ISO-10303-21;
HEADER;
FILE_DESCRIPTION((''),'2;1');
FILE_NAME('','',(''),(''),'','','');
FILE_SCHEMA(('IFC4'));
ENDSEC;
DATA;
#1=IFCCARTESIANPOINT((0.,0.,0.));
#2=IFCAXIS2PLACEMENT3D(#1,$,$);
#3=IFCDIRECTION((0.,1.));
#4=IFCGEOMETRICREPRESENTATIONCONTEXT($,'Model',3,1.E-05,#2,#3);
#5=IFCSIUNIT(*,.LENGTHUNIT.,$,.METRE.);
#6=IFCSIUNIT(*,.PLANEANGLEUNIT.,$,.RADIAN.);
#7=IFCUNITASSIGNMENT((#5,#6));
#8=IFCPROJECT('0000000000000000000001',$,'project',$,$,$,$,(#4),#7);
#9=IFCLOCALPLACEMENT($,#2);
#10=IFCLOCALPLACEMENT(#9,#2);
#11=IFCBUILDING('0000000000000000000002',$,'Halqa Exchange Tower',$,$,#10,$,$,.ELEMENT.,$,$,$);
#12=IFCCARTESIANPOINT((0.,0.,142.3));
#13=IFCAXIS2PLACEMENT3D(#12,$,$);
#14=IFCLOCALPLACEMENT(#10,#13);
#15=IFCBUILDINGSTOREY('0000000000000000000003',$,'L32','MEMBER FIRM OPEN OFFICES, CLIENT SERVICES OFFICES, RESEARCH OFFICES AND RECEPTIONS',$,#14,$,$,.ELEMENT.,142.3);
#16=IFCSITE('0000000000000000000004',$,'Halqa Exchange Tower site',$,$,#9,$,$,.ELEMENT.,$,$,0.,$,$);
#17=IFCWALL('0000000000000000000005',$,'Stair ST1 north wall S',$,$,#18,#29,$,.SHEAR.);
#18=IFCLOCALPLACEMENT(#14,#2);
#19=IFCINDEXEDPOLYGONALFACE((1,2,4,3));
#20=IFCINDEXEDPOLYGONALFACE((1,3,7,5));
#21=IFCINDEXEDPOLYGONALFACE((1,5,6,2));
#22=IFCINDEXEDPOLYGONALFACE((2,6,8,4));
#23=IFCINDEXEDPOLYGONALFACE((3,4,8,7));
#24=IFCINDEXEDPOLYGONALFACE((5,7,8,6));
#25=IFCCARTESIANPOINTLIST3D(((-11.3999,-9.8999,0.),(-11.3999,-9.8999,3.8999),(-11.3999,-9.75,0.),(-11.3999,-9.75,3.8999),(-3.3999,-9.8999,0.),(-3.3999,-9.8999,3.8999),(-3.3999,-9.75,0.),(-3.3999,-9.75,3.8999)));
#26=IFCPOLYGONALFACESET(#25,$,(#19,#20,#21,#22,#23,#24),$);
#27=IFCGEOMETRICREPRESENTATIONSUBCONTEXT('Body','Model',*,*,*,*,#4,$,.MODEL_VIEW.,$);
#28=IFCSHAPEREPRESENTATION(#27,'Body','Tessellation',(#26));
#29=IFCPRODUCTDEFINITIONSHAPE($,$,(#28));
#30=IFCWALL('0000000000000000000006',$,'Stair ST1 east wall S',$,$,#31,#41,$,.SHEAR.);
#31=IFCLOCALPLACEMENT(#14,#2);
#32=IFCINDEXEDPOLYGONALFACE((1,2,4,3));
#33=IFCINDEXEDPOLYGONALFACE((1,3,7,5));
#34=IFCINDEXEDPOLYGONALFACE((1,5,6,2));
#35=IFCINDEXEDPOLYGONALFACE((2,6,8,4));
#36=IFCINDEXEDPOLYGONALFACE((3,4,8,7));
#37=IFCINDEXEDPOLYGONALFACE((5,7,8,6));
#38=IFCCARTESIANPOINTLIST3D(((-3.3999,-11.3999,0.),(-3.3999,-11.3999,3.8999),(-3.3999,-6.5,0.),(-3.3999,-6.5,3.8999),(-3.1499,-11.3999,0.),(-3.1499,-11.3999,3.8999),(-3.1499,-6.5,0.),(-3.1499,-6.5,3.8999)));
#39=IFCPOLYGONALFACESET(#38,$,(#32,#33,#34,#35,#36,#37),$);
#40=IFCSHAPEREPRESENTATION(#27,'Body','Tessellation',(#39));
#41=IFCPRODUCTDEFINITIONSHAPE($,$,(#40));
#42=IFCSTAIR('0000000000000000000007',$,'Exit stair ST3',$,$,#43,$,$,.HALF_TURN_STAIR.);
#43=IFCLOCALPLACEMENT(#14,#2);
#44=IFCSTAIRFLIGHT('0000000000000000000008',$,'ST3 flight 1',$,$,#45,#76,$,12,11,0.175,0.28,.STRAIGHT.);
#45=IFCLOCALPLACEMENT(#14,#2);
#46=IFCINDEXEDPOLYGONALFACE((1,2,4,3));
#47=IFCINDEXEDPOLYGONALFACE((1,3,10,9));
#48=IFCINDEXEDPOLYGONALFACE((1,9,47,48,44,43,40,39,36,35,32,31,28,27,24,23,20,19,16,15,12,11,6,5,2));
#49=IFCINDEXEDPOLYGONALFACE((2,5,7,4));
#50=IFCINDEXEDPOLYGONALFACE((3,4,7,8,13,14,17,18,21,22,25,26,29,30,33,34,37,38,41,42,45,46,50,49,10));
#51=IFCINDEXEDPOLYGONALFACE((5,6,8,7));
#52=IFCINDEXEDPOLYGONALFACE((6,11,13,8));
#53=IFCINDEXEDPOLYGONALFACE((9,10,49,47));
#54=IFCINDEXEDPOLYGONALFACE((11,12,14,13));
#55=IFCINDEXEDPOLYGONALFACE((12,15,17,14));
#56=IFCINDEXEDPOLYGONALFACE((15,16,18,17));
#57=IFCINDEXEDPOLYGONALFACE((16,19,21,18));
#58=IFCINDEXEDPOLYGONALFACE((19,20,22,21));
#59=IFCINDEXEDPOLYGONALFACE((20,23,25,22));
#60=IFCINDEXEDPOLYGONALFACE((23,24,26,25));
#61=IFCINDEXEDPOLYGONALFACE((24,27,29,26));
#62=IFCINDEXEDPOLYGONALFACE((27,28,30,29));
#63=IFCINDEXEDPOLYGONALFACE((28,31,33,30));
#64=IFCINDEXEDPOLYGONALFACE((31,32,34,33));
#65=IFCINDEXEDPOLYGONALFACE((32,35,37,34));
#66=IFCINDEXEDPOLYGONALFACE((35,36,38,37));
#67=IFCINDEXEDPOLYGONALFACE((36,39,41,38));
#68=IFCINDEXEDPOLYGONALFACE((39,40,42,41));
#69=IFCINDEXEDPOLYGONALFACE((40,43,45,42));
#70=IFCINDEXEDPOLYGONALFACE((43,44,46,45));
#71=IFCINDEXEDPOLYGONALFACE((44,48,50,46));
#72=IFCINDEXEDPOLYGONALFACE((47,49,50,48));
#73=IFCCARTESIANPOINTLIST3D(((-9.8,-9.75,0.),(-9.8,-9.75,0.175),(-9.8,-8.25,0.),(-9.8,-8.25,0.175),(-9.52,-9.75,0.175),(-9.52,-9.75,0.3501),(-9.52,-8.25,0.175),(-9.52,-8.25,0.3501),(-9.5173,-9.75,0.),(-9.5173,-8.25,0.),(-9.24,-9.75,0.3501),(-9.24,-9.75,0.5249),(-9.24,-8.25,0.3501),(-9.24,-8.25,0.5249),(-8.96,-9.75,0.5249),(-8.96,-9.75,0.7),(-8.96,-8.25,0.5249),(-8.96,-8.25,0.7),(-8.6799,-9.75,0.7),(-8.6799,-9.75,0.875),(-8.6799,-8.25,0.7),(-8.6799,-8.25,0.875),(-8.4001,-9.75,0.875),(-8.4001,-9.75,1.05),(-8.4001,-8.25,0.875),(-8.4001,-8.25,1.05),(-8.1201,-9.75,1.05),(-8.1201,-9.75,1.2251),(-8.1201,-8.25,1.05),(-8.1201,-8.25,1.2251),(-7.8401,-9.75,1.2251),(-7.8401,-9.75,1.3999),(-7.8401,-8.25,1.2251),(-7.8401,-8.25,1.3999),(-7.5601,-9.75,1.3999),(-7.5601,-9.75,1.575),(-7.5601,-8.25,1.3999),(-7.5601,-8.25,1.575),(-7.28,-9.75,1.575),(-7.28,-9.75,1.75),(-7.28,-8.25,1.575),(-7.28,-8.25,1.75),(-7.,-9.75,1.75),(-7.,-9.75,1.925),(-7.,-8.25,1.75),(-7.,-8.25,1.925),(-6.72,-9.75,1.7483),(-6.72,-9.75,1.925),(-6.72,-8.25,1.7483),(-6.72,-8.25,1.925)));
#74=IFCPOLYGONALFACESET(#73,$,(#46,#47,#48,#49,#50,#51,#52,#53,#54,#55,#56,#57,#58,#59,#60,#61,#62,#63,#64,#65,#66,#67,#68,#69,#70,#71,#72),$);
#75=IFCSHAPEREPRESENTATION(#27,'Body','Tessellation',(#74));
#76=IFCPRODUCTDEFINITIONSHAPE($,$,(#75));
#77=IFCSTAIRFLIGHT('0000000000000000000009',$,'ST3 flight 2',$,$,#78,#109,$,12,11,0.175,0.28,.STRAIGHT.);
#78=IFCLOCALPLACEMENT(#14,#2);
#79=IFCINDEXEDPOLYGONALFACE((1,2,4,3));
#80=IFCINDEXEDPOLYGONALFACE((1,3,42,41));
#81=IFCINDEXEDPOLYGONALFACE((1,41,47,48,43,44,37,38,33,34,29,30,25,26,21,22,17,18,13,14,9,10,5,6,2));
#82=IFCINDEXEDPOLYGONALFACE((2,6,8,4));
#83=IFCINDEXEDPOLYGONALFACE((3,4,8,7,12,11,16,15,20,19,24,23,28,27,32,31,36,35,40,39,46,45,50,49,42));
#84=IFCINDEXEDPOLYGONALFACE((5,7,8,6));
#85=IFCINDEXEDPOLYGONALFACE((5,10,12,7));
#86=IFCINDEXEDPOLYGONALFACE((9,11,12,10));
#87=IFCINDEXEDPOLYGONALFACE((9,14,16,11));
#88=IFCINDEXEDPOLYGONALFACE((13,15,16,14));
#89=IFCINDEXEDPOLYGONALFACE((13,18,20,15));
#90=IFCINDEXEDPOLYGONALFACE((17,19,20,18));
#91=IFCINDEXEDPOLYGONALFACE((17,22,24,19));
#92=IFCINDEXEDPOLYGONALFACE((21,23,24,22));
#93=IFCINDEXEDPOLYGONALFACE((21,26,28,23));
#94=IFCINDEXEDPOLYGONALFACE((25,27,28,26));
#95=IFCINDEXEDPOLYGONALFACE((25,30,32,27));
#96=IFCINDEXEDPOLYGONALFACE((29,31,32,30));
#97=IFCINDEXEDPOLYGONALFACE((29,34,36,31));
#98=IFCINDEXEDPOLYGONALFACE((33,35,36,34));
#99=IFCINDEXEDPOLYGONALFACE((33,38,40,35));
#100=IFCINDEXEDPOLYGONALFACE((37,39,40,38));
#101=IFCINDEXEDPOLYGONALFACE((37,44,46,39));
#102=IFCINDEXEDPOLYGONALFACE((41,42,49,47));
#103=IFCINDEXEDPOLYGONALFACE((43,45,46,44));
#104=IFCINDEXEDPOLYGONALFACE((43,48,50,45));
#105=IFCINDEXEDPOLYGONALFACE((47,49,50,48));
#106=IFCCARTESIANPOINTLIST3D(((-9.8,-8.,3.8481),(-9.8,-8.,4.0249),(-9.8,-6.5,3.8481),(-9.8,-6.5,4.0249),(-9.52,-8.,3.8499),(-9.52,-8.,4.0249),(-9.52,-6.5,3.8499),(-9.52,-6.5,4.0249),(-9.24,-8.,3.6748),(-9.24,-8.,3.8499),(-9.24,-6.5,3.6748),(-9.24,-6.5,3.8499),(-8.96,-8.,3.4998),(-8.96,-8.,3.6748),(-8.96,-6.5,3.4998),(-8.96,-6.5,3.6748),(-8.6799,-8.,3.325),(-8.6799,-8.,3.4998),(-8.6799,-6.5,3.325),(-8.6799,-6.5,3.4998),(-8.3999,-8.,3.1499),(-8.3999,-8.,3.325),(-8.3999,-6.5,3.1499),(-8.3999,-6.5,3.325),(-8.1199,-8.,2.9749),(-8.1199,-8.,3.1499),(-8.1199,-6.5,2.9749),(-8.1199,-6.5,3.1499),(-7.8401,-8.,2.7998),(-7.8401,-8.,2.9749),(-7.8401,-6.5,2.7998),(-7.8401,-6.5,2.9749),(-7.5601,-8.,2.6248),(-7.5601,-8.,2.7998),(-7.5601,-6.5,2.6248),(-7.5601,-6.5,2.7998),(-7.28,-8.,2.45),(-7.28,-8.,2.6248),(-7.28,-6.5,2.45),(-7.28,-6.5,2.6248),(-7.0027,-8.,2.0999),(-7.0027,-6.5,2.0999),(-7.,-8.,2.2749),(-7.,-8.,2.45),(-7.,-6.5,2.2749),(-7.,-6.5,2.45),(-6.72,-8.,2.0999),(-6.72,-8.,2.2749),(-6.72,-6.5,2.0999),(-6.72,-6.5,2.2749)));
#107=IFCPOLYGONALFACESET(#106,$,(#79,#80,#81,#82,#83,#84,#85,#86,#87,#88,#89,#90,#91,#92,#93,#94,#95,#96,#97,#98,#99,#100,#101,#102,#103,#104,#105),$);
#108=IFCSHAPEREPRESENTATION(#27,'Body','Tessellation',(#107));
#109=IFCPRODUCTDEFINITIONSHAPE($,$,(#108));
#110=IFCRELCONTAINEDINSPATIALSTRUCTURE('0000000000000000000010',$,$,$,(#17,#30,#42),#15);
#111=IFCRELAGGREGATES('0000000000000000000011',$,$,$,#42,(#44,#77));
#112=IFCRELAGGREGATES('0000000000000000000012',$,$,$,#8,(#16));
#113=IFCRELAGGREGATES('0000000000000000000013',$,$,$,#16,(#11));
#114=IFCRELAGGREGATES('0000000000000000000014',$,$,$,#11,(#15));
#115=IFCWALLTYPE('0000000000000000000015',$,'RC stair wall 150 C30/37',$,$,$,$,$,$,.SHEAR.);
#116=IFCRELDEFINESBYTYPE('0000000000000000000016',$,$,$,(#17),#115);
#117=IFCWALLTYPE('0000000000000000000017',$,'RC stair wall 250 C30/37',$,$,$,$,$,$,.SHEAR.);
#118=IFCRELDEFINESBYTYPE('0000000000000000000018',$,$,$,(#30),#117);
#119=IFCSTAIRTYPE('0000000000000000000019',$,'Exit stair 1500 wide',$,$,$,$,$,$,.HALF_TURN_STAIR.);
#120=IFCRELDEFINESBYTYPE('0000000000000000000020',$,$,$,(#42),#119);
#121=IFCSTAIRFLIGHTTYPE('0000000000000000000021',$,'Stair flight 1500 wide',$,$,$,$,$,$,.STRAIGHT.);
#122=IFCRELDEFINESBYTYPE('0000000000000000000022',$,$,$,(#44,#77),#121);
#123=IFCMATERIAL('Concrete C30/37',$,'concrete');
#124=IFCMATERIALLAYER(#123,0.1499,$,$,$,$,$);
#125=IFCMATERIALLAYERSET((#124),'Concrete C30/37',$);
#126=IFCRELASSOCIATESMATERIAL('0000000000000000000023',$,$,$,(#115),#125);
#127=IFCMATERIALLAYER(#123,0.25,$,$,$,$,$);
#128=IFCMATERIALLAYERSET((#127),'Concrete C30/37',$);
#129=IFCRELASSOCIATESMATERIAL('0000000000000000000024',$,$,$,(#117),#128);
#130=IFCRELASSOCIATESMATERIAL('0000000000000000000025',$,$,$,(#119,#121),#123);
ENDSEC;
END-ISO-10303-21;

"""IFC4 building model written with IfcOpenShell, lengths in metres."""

from ifc_helpers import new_model, si_unit, direction, frame, frame_2d, origin, place, context, subcontext, project, spatial, polyline, rectangle, outline, extrude, material, layer, layer_set, type_object, element, aggregate, save


model = new_model("IFC4")

# Units and contexts
model_context = context("Model", 3, precision=1e-05, world=origin(), true_north=direction((0.0, 1.0)))
body_context = subcontext(model_context, "Body", "Model", "MODEL_VIEW")
ifc_project = project(units=[si_unit("LENGTHUNIT", "METRE"), si_unit("PLANEANGLEUNIT", "RADIAN")], contexts=[model_context])

# Site, building, storey
site_placement = place(None, origin())
site = spatial("IfcSite", under=ifc_project, at=site_placement, Name="Halqa Exchange Tower site", CompositionType="ELEMENT", RefElevation=0.0)
building_placement = place(site_placement, origin())
building = spatial("IfcBuilding", under=site, at=building_placement, Name="Halqa Exchange Tower", CompositionType="ELEMENT")
storey_placement = place(building_placement, frame((0.0, 0.0, 142.3)))
storey = spatial("IfcBuildingStorey", under=building, at=storey_placement, Name="L32", Description="MEMBER FIRM OPEN OFFICES, CLIENT SERVICES OFFICES, RESEARCH OFFICES AND RECEPTIONS", CompositionType="ELEMENT", Elevation=142.3)

# Walls
ifc_material_1 = material(Name="Concrete C30/37", Category="concrete")
ifc_layer_1 = layer(ifc_material_1, 0.1499)
ifc_layer_set_1 = layer_set([ifc_layer_1], Name="Concrete C30/37")
wall_type_1 = type_object("IfcWallType", Name="RC stair wall 150 C30/37", PredefinedType="SHEAR", material=ifc_layer_set_1)
wall_1_placement = place(storey_placement, frame((-11.3999, -9.825, 0.0), z_axis=(0.0, 0.0, 1.0), x_axis=(1.0, 0.0, 0.0)))
element("IfcWall", 1, at=wall_1_placement, inside=storey, type_object=wall_type_1, Name="Stair ST1 north wall S", PredefinedType="SHEAR", context=body_context, shape_type="SweptSolid", body=[
    extrude(rectangle(XDim=8.0, YDim=0.1499, at=frame_2d((4.0, 0.0))), origin(), (0.0, 0.0, 1.0), 3.8999),
])
ifc_layer_2 = layer(ifc_material_1, 0.25)
ifc_layer_set_2 = layer_set([ifc_layer_2], Name="Concrete C30/37")
wall_type_2 = type_object("IfcWallType", Name="RC stair wall 250 C30/37", PredefinedType="SHEAR", material=ifc_layer_set_2)
wall_2_placement = place(storey_placement, frame((-3.2749, -11.3999, 0.0), z_axis=(0.0, 0.0, 1.0), x_axis=(0.0, 1.0, 0.0)))
element("IfcWall", 2, at=wall_2_placement, inside=storey, type_object=wall_type_2, Name="Stair ST1 east wall S", PredefinedType="SHEAR", context=body_context, shape_type="SweptSolid", body=[
    extrude(rectangle(XDim=4.8999, YDim=0.25, at=frame_2d((2.45, 0.0))), origin(), (0.0, 0.0, 1.0), 3.8999),
])

# Stair, stair flights
stair_type = type_object("IfcStairType", Name="Exit stair 1500 wide", PredefinedType="HALF_TURN_STAIR", material=ifc_material_1)
stair_placement = place(storey_placement, origin())
stair = element("IfcStair", 3, at=stair_placement, inside=storey, type_object=stair_type, Name="Exit stair ST3", PredefinedType="HALF_TURN_STAIR")
stair_flight_type = type_object("IfcStairFlightType", Name="Stair flight 1500 wide", PredefinedType="STRAIGHT", material=ifc_material_1)
stair_flight_1_placement = place(storey_placement, frame((-9.8, -9.0, 0.0), z_axis=(0.0, 0.0, 1.0), x_axis=(1.0, 0.0, 0.0)))
stair_flight_1 = element("IfcStairFlight", 4, at=stair_flight_1_placement, type_object=stair_flight_type, Name="ST3 flight 1", NumberOfRisers=12, NumberOfTreads=11, PredefinedType="STRAIGHT", RiserHeight=0.175, TreadLength=0.28, context=body_context, shape_type="SweptSolid", body=[
    extrude(outline(polyline([(0.0, 0.0), (0.0, 0.175), (0.28, 0.175), (0.28, 0.3501), (0.5601, 0.3501), (0.5601, 0.5249), (0.8401, 0.5249), (0.8401, 0.7), (1.1201, 0.7), (1.1201, 0.875), (1.3999, 0.875), (1.3999, 1.05), (1.6799, 1.05), (1.6799, 1.2251), (1.96, 1.2251), (1.96, 1.3999), (2.24, 1.3999), (2.24, 1.575), (2.52, 1.575), (2.52, 1.75), (2.8, 1.75), (2.8, 1.925), (3.0801, 1.925), (3.0801, 2.1001), (3.0801, 1.7483), (0.2827, 0.0), (0.0, 0.0)])), frame((0.0, 0.75, 0.0), z_axis=(0.0, -1.0, 0.0), x_axis=(1.0, 0.0, 0.0)), (0.0, 0.0, 1.0), 1.5),
])
stair_flight_2_placement = place(storey_placement, frame((-6.72, -7.25, 2.0999), z_axis=(0.0, 0.0, 1.0), x_axis=(-1.0, 0.0, 0.0)))
stair_flight_2 = element("IfcStairFlight", 5, at=stair_flight_2_placement, type_object=stair_flight_type, Name="ST3 flight 2", NumberOfRisers=12, NumberOfTreads=11, PredefinedType="STRAIGHT", RiserHeight=0.175, TreadLength=0.28, context=body_context, shape_type="SweptSolid", body=[
    extrude(outline(polyline([(0.0, 0.0), (0.0, 0.175), (0.28, 0.175), (0.28, 0.3501), (0.5601, 0.3501), (0.5601, 0.5249), (0.8401, 0.5249), (0.8401, 0.7), (1.1201, 0.7), (1.1201, 0.875), (1.3999, 0.875), (1.3999, 1.05), (1.6799, 1.05), (1.6799, 1.2251), (1.96, 1.2251), (1.96, 1.3999), (2.24, 1.3999), (2.24, 1.575), (2.52, 1.575), (2.52, 1.75), (2.8, 1.75), (2.8, 1.925), (3.0801, 1.925), (3.0801, 2.1001), (3.0801, 1.7483), (0.2827, 0.0), (0.0, 0.0)])), frame((0.0, 0.75, 0.0), z_axis=(0.0, -1.0, 0.0), x_axis=(1.0, 0.0, 0.0)), (0.0, 0.0, 1.0), 1.5),
])
aggregate(stair, [stair_flight_1, stair_flight_2])

save(model, "model.ifc")
